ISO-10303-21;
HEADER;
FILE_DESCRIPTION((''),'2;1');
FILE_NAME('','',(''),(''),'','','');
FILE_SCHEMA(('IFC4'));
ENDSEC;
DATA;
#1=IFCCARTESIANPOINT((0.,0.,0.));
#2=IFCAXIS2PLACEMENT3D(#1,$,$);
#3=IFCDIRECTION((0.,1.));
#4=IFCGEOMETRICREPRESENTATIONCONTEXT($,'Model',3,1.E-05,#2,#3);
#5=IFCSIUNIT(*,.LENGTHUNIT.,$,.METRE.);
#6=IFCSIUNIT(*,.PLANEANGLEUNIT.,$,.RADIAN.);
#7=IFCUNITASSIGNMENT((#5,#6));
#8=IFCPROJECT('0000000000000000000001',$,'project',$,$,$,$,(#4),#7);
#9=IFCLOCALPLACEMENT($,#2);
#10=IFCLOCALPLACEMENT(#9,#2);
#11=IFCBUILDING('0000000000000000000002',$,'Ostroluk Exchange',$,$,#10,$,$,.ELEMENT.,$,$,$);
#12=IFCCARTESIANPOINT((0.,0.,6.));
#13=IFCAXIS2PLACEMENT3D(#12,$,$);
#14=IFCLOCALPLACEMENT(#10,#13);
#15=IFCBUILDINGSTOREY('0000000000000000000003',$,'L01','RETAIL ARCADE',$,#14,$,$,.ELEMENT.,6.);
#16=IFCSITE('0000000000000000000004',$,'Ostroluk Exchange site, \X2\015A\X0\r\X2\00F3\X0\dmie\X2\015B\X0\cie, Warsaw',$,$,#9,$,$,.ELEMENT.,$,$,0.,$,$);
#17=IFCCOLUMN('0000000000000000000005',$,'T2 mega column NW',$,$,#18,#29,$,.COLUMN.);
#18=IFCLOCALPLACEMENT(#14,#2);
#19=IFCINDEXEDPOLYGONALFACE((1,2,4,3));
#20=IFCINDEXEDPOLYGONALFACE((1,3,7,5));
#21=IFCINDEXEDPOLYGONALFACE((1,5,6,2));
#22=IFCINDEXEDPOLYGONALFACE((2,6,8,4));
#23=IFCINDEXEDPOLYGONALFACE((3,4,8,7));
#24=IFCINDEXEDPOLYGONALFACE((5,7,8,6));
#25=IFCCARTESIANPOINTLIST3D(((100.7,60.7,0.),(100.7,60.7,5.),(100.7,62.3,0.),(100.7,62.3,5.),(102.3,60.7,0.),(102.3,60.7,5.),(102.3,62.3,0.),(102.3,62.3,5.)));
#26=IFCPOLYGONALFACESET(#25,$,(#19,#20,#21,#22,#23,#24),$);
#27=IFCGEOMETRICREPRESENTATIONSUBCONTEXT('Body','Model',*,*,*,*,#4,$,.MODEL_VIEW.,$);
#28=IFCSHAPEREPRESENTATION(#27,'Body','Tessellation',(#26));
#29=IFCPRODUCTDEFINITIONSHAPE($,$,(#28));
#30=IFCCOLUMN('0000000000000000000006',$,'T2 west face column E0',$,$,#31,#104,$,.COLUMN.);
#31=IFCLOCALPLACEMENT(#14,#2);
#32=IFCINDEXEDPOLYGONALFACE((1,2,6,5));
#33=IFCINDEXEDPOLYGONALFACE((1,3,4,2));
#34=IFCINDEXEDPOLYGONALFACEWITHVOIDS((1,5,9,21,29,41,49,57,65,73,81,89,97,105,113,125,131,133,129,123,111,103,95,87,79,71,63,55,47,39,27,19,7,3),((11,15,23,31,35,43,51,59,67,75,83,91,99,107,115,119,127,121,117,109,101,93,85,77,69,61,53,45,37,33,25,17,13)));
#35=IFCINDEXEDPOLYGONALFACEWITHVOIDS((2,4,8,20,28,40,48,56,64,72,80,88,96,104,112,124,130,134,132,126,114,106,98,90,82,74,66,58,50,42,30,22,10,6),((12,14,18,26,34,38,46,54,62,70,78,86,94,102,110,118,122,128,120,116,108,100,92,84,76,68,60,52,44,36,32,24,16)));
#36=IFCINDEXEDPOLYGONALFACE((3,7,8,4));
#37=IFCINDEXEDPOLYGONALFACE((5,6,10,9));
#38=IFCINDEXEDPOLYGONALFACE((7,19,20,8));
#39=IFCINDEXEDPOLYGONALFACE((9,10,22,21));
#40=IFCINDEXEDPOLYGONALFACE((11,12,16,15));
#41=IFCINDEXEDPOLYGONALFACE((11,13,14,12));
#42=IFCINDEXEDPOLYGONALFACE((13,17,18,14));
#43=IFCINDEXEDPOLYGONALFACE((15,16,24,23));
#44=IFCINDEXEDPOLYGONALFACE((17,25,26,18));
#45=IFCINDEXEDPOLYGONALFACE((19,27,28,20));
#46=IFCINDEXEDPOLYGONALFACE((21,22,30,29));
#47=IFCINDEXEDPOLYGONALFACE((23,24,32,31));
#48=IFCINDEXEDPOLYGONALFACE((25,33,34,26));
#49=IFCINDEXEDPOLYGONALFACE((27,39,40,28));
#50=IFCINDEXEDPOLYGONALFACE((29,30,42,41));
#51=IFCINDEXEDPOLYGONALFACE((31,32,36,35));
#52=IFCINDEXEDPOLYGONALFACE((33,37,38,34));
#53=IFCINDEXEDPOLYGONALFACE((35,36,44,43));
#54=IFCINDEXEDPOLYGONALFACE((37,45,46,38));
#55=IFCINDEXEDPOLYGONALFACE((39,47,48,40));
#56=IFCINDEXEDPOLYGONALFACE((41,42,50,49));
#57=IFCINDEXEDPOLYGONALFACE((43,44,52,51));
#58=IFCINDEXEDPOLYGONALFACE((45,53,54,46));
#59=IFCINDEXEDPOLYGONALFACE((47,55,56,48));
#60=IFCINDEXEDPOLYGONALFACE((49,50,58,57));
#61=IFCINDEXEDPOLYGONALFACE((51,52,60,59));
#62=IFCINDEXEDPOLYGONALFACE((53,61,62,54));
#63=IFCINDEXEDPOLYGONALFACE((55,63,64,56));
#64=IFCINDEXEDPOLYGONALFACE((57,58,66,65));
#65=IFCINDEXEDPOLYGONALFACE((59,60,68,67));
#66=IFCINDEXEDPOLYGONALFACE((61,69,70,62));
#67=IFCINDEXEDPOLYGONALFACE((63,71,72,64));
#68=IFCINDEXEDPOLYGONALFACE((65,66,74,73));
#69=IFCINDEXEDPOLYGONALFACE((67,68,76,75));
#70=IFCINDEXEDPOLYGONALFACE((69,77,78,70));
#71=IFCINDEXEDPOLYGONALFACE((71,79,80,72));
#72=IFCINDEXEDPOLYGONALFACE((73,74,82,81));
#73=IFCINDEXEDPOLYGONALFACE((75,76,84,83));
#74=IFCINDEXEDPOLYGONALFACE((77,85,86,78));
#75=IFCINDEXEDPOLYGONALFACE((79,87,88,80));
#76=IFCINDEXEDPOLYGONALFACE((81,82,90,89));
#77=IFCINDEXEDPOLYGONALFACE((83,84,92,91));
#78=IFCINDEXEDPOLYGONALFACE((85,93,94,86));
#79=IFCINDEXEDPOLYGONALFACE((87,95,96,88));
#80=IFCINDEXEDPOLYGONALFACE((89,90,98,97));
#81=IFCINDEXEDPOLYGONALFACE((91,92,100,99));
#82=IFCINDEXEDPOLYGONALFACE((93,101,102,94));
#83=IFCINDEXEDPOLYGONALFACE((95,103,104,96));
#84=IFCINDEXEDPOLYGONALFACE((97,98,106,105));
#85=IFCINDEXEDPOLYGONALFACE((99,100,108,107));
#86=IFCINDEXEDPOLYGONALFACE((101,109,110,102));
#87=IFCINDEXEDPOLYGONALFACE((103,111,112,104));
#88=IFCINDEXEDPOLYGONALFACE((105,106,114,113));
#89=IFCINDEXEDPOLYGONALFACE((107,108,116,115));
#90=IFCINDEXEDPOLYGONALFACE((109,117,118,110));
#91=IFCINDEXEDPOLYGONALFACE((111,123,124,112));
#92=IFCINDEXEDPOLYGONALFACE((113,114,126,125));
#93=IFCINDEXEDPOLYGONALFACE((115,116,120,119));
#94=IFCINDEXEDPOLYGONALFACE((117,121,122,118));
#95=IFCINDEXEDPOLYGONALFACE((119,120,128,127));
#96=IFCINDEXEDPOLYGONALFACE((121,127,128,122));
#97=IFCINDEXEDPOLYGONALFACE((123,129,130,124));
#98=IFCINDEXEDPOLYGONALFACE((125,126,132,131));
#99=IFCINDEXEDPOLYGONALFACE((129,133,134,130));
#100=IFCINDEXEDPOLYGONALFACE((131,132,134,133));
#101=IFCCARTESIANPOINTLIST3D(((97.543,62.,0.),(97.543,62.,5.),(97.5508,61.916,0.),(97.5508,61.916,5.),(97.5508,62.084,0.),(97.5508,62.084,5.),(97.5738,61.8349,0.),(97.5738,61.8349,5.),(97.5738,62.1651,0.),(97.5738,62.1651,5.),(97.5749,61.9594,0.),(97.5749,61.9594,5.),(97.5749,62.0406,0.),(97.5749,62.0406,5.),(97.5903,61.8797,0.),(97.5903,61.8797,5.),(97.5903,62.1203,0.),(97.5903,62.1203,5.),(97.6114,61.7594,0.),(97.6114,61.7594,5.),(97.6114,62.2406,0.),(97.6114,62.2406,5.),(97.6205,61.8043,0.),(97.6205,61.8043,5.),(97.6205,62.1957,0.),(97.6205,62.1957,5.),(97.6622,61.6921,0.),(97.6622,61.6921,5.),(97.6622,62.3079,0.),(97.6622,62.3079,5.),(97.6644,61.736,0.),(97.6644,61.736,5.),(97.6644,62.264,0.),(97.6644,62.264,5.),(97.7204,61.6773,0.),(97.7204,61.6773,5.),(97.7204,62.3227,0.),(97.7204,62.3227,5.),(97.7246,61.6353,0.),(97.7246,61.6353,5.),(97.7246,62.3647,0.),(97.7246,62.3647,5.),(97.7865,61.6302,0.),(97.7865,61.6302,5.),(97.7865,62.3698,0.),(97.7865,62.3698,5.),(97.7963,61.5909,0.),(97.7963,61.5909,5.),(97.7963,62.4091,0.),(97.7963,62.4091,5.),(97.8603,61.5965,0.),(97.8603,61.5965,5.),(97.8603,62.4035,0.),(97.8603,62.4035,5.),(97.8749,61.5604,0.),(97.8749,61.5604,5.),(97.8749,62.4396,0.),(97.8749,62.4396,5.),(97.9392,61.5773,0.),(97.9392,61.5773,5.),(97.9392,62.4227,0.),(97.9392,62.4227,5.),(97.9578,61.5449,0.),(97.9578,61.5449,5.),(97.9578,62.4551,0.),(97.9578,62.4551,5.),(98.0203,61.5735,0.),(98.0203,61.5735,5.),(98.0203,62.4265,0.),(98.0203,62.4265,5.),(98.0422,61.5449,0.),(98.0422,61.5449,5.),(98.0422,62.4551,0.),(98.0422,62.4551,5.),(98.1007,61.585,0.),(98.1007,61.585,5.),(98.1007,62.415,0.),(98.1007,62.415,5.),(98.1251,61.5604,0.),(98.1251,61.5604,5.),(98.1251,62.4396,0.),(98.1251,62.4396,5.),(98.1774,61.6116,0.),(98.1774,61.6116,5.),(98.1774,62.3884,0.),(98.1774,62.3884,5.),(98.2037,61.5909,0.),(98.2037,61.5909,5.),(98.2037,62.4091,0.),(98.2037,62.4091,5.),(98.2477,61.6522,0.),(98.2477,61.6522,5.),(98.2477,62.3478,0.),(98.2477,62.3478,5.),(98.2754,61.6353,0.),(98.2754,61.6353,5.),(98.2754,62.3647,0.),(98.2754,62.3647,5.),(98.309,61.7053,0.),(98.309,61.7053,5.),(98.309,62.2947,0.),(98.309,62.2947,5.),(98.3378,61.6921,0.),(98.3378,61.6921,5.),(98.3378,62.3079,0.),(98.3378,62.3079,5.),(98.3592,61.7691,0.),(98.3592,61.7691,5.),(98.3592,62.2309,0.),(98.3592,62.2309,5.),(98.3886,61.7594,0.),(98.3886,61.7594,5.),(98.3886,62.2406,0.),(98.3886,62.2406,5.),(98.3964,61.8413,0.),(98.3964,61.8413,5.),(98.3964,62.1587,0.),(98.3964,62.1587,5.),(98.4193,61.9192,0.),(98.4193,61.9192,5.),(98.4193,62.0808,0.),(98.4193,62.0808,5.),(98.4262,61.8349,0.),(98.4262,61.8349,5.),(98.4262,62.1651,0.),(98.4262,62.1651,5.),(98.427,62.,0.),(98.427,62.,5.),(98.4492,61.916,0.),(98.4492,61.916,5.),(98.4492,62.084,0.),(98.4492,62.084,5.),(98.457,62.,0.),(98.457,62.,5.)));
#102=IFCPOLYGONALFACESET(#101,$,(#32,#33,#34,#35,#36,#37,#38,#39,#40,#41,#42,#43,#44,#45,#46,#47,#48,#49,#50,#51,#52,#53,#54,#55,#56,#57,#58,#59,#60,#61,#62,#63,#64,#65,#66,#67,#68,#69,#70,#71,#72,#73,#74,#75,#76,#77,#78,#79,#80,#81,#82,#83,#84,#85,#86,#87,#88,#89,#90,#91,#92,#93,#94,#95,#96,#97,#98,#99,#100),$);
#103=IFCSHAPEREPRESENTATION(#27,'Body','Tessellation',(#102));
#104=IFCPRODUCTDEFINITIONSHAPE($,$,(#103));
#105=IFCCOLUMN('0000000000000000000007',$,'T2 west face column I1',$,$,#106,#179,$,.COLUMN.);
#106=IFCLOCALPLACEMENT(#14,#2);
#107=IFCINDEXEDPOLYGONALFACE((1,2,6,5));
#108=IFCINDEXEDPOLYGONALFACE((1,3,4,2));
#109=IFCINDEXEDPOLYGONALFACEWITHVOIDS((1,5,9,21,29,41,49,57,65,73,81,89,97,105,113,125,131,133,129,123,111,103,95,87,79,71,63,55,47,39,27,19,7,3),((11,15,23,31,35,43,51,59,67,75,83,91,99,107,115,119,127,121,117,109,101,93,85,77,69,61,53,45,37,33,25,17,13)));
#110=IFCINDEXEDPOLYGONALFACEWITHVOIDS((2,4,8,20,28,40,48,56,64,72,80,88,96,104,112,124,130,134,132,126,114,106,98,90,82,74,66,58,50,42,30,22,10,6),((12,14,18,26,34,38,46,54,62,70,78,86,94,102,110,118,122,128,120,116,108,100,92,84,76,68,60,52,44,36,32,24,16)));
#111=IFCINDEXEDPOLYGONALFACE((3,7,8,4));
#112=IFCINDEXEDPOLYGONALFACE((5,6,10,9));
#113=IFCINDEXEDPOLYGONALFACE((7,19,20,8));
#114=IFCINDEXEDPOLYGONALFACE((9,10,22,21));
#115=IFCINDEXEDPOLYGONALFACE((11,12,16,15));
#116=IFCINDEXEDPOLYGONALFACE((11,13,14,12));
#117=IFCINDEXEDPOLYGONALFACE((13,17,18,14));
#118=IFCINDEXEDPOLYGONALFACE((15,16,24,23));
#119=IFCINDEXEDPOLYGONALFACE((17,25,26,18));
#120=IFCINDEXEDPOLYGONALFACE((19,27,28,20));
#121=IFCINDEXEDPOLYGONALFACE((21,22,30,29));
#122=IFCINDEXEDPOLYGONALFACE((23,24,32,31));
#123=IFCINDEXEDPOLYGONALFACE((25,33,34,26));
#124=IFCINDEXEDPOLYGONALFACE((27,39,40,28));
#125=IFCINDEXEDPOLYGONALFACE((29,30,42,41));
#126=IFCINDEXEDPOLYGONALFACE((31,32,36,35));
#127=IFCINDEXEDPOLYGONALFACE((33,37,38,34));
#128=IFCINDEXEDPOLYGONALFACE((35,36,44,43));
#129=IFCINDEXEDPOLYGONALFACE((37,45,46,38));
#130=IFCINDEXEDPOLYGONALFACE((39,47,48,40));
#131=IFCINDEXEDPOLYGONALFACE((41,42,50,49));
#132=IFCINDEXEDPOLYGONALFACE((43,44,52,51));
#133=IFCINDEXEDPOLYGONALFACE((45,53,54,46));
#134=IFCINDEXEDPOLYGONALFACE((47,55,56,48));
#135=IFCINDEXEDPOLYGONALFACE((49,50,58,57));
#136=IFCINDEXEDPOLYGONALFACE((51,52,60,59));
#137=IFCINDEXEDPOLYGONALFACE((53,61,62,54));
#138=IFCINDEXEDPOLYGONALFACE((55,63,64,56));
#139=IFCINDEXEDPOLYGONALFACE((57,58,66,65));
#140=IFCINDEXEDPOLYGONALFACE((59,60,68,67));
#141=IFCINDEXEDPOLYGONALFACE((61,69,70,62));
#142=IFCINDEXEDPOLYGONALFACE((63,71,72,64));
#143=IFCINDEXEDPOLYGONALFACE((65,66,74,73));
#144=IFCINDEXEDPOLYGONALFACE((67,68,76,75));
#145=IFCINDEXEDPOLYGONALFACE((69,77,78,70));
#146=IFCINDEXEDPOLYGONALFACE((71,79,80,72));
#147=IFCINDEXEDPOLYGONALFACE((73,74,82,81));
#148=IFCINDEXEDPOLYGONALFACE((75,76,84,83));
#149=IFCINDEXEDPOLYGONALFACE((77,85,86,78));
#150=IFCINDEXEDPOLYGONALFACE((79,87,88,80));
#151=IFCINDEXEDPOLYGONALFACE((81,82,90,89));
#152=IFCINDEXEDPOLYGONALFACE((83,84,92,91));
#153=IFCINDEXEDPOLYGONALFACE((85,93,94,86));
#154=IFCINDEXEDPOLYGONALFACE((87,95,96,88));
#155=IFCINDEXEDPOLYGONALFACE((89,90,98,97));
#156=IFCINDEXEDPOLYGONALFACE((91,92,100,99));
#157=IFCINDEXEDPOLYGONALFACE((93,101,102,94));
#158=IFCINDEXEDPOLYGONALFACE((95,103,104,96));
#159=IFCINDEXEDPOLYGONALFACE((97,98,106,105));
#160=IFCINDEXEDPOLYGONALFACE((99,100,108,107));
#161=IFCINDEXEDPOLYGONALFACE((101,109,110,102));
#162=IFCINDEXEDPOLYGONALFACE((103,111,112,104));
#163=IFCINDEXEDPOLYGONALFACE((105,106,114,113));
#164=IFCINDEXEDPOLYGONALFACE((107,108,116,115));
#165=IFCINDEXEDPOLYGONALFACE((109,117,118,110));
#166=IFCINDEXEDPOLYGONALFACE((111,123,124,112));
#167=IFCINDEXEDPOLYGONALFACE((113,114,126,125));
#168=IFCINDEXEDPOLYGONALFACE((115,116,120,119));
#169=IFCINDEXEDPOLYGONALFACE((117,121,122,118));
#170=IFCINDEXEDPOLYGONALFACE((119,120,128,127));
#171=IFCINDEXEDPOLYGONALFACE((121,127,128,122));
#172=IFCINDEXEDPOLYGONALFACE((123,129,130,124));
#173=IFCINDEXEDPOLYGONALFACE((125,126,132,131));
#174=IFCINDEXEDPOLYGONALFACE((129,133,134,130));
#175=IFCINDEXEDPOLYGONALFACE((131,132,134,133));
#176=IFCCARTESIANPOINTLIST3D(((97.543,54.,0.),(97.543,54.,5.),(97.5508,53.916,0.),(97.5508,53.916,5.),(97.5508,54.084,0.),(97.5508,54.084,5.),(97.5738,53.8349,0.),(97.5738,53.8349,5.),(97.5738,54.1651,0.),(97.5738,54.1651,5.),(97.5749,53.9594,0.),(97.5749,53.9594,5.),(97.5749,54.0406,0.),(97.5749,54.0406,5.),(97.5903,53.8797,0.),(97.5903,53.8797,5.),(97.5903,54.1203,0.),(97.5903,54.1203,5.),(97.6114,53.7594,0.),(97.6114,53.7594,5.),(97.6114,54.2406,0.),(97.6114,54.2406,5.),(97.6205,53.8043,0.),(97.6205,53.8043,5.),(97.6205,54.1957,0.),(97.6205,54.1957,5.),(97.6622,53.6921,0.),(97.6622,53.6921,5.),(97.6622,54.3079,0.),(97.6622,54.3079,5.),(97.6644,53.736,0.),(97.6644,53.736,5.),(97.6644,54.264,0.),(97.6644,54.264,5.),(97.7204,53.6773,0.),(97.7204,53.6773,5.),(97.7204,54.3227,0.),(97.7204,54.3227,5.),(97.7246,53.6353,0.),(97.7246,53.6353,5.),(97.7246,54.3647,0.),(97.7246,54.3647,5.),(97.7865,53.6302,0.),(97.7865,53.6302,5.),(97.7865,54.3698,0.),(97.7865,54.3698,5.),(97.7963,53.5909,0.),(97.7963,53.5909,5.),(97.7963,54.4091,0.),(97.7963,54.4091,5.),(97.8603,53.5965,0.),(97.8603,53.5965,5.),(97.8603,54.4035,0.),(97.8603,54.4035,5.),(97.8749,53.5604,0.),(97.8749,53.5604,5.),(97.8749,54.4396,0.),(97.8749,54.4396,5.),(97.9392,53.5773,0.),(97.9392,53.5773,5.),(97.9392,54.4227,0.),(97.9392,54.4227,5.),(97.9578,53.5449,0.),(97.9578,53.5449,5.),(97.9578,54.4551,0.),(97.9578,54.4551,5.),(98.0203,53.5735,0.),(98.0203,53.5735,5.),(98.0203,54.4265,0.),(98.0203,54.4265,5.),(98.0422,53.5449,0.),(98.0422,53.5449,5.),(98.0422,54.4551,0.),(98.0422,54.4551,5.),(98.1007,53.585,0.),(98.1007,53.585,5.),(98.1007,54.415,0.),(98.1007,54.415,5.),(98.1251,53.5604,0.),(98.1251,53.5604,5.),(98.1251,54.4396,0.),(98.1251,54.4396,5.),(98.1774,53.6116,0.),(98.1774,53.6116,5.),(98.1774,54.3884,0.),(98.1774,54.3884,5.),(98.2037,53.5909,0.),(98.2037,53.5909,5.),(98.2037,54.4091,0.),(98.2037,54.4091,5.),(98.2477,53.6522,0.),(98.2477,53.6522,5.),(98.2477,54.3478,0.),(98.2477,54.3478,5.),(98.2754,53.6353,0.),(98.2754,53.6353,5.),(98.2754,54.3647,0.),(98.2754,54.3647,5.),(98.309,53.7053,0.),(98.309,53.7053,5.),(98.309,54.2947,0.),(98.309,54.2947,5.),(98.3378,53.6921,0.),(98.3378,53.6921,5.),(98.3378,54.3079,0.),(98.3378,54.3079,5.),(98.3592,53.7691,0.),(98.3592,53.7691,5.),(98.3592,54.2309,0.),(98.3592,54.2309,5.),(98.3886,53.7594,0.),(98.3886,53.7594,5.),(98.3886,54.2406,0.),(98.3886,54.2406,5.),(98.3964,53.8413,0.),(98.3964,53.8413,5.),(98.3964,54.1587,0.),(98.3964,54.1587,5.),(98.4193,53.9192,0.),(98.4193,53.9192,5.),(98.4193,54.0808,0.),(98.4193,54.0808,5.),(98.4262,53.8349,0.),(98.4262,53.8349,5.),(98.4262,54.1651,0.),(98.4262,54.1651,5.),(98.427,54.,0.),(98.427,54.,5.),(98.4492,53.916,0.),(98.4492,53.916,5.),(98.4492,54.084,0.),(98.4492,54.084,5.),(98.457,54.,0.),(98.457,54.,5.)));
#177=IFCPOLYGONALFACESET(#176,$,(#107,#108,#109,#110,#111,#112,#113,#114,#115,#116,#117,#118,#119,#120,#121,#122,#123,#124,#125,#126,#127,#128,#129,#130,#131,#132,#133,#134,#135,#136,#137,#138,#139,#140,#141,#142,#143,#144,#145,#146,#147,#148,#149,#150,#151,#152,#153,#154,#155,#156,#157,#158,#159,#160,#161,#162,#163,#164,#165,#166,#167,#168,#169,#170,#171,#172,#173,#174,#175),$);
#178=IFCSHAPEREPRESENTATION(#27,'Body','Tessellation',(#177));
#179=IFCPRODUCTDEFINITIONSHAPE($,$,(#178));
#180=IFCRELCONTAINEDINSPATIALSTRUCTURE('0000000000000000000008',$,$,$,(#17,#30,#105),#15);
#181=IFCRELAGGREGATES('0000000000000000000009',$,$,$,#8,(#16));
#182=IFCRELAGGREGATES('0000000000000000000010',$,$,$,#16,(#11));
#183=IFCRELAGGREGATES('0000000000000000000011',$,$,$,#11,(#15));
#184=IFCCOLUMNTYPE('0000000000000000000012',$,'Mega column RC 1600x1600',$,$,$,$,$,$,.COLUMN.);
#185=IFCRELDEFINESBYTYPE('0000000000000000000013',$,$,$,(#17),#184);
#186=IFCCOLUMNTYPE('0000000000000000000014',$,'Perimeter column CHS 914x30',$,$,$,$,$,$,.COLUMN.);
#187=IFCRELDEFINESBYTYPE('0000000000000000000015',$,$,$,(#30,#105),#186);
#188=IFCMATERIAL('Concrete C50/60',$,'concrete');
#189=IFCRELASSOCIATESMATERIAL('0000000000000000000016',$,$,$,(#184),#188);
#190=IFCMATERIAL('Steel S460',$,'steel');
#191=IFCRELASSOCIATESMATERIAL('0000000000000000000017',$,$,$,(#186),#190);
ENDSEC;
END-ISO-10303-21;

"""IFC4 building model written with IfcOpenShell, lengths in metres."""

from ifc_helpers import new_model, si_unit, direction, frame, origin, origin_2d, place, context, subcontext, project, spatial, rectangle, hollow_circle, extrude, material, material_profile, profile_set, type_object, element, save


model = new_model("IFC4")

# Units and contexts
model_context = context("Model", 3, precision=1e-05, world=origin(), true_north=direction((0.0, 1.0)))
body_context = subcontext(model_context, "Body", "Model", "MODEL_VIEW")
ifc_project = project(units=[si_unit("LENGTHUNIT", "METRE"), si_unit("PLANEANGLEUNIT", "RADIAN")], contexts=[model_context])

# Site, building, storey
site_placement = place(None, origin())
site = spatial("IfcSite", under=ifc_project, at=site_placement, Name="Ostroluk Exchange site, Śródmieście, Warsaw", CompositionType="ELEMENT", RefElevation=0.0)
building_placement = place(site_placement, origin())
building = spatial("IfcBuilding", under=site, at=building_placement, Name="Ostroluk Exchange", CompositionType="ELEMENT")
storey_placement = place(building_placement, frame((0.0, 0.0, 6.0)))
storey = spatial("IfcBuildingStorey", under=building, at=storey_placement, Name="L01", Description="RETAIL ARCADE", CompositionType="ELEMENT", Elevation=6.0)

# Columns
ifc_material_1 = material(Name="Concrete C50/60", Category="concrete")
ifc_material_profile_1 = material_profile(ifc_material_1, rectangle(XDim=1.6001, YDim=1.6001, at=origin_2d()), Name="RC 1600x1600")
ifc_profile_set_1 = profile_set([ifc_material_profile_1], Name="Concrete C50/60")
column_type_1 = type_object("IfcColumnType", Name="Mega column RC 1600x1600", PredefinedType="COLUMN", material=ifc_profile_set_1)
column_placement = place(storey_placement, frame((101.5, 61.5, 0.0), z_axis=(0.0, 0.0, 1.0), x_axis=(1.0, 0.0, 0.0)))
element("IfcColumn", 1, at=column_placement, inside=storey, type_object=column_type_1, Name="T2 mega column NW", PredefinedType="COLUMN", context=body_context, shape_type="SweptSolid", body=[
    extrude(rectangle(XDim=1.6001, YDim=1.6001, at=origin_2d()), origin(), (0.0, 0.0, 1.0), 5.0),
])
ifc_material_2 = material(Name="Steel S460", Category="steel")
ifc_material_profile_2 = material_profile(ifc_material_2, hollow_circle(Radius=0.457, WallThickness=0.03, at=origin_2d()), Name="CHS 914x30")
ifc_profile_set_2 = profile_set([ifc_material_profile_2], Name="Steel S460")
column_type_2 = type_object("IfcColumnType", Name="Perimeter column CHS 914x30", PredefinedType="COLUMN", material=ifc_profile_set_2)
for number, where, z_axis, x_axis, name in (
    (2, (98.0, 62.0, 0.0), (0.0, 0.0, 1.0), (1.0, 0.0, 0.0), "T2 west face column E0"),
    (3, (98.0, 54.0, 0.0), (0.0, 0.0, 1.0), (1.0, 0.0, 0.0), "T2 west face column I1"),
):
    element("IfcColumn", number, at=place(storey_placement, frame(where, z_axis=z_axis, x_axis=x_axis)), inside=storey, type_object=column_type_2, Name=name, PredefinedType="COLUMN", context=body_context, shape_type="SweptSolid", body=[
        extrude(hollow_circle(Radius=0.457, WallThickness=0.03, at=origin_2d()), origin(), (0.0, 0.0, 1.0), 5.0),
    ])

save(model, "model.ifc")
